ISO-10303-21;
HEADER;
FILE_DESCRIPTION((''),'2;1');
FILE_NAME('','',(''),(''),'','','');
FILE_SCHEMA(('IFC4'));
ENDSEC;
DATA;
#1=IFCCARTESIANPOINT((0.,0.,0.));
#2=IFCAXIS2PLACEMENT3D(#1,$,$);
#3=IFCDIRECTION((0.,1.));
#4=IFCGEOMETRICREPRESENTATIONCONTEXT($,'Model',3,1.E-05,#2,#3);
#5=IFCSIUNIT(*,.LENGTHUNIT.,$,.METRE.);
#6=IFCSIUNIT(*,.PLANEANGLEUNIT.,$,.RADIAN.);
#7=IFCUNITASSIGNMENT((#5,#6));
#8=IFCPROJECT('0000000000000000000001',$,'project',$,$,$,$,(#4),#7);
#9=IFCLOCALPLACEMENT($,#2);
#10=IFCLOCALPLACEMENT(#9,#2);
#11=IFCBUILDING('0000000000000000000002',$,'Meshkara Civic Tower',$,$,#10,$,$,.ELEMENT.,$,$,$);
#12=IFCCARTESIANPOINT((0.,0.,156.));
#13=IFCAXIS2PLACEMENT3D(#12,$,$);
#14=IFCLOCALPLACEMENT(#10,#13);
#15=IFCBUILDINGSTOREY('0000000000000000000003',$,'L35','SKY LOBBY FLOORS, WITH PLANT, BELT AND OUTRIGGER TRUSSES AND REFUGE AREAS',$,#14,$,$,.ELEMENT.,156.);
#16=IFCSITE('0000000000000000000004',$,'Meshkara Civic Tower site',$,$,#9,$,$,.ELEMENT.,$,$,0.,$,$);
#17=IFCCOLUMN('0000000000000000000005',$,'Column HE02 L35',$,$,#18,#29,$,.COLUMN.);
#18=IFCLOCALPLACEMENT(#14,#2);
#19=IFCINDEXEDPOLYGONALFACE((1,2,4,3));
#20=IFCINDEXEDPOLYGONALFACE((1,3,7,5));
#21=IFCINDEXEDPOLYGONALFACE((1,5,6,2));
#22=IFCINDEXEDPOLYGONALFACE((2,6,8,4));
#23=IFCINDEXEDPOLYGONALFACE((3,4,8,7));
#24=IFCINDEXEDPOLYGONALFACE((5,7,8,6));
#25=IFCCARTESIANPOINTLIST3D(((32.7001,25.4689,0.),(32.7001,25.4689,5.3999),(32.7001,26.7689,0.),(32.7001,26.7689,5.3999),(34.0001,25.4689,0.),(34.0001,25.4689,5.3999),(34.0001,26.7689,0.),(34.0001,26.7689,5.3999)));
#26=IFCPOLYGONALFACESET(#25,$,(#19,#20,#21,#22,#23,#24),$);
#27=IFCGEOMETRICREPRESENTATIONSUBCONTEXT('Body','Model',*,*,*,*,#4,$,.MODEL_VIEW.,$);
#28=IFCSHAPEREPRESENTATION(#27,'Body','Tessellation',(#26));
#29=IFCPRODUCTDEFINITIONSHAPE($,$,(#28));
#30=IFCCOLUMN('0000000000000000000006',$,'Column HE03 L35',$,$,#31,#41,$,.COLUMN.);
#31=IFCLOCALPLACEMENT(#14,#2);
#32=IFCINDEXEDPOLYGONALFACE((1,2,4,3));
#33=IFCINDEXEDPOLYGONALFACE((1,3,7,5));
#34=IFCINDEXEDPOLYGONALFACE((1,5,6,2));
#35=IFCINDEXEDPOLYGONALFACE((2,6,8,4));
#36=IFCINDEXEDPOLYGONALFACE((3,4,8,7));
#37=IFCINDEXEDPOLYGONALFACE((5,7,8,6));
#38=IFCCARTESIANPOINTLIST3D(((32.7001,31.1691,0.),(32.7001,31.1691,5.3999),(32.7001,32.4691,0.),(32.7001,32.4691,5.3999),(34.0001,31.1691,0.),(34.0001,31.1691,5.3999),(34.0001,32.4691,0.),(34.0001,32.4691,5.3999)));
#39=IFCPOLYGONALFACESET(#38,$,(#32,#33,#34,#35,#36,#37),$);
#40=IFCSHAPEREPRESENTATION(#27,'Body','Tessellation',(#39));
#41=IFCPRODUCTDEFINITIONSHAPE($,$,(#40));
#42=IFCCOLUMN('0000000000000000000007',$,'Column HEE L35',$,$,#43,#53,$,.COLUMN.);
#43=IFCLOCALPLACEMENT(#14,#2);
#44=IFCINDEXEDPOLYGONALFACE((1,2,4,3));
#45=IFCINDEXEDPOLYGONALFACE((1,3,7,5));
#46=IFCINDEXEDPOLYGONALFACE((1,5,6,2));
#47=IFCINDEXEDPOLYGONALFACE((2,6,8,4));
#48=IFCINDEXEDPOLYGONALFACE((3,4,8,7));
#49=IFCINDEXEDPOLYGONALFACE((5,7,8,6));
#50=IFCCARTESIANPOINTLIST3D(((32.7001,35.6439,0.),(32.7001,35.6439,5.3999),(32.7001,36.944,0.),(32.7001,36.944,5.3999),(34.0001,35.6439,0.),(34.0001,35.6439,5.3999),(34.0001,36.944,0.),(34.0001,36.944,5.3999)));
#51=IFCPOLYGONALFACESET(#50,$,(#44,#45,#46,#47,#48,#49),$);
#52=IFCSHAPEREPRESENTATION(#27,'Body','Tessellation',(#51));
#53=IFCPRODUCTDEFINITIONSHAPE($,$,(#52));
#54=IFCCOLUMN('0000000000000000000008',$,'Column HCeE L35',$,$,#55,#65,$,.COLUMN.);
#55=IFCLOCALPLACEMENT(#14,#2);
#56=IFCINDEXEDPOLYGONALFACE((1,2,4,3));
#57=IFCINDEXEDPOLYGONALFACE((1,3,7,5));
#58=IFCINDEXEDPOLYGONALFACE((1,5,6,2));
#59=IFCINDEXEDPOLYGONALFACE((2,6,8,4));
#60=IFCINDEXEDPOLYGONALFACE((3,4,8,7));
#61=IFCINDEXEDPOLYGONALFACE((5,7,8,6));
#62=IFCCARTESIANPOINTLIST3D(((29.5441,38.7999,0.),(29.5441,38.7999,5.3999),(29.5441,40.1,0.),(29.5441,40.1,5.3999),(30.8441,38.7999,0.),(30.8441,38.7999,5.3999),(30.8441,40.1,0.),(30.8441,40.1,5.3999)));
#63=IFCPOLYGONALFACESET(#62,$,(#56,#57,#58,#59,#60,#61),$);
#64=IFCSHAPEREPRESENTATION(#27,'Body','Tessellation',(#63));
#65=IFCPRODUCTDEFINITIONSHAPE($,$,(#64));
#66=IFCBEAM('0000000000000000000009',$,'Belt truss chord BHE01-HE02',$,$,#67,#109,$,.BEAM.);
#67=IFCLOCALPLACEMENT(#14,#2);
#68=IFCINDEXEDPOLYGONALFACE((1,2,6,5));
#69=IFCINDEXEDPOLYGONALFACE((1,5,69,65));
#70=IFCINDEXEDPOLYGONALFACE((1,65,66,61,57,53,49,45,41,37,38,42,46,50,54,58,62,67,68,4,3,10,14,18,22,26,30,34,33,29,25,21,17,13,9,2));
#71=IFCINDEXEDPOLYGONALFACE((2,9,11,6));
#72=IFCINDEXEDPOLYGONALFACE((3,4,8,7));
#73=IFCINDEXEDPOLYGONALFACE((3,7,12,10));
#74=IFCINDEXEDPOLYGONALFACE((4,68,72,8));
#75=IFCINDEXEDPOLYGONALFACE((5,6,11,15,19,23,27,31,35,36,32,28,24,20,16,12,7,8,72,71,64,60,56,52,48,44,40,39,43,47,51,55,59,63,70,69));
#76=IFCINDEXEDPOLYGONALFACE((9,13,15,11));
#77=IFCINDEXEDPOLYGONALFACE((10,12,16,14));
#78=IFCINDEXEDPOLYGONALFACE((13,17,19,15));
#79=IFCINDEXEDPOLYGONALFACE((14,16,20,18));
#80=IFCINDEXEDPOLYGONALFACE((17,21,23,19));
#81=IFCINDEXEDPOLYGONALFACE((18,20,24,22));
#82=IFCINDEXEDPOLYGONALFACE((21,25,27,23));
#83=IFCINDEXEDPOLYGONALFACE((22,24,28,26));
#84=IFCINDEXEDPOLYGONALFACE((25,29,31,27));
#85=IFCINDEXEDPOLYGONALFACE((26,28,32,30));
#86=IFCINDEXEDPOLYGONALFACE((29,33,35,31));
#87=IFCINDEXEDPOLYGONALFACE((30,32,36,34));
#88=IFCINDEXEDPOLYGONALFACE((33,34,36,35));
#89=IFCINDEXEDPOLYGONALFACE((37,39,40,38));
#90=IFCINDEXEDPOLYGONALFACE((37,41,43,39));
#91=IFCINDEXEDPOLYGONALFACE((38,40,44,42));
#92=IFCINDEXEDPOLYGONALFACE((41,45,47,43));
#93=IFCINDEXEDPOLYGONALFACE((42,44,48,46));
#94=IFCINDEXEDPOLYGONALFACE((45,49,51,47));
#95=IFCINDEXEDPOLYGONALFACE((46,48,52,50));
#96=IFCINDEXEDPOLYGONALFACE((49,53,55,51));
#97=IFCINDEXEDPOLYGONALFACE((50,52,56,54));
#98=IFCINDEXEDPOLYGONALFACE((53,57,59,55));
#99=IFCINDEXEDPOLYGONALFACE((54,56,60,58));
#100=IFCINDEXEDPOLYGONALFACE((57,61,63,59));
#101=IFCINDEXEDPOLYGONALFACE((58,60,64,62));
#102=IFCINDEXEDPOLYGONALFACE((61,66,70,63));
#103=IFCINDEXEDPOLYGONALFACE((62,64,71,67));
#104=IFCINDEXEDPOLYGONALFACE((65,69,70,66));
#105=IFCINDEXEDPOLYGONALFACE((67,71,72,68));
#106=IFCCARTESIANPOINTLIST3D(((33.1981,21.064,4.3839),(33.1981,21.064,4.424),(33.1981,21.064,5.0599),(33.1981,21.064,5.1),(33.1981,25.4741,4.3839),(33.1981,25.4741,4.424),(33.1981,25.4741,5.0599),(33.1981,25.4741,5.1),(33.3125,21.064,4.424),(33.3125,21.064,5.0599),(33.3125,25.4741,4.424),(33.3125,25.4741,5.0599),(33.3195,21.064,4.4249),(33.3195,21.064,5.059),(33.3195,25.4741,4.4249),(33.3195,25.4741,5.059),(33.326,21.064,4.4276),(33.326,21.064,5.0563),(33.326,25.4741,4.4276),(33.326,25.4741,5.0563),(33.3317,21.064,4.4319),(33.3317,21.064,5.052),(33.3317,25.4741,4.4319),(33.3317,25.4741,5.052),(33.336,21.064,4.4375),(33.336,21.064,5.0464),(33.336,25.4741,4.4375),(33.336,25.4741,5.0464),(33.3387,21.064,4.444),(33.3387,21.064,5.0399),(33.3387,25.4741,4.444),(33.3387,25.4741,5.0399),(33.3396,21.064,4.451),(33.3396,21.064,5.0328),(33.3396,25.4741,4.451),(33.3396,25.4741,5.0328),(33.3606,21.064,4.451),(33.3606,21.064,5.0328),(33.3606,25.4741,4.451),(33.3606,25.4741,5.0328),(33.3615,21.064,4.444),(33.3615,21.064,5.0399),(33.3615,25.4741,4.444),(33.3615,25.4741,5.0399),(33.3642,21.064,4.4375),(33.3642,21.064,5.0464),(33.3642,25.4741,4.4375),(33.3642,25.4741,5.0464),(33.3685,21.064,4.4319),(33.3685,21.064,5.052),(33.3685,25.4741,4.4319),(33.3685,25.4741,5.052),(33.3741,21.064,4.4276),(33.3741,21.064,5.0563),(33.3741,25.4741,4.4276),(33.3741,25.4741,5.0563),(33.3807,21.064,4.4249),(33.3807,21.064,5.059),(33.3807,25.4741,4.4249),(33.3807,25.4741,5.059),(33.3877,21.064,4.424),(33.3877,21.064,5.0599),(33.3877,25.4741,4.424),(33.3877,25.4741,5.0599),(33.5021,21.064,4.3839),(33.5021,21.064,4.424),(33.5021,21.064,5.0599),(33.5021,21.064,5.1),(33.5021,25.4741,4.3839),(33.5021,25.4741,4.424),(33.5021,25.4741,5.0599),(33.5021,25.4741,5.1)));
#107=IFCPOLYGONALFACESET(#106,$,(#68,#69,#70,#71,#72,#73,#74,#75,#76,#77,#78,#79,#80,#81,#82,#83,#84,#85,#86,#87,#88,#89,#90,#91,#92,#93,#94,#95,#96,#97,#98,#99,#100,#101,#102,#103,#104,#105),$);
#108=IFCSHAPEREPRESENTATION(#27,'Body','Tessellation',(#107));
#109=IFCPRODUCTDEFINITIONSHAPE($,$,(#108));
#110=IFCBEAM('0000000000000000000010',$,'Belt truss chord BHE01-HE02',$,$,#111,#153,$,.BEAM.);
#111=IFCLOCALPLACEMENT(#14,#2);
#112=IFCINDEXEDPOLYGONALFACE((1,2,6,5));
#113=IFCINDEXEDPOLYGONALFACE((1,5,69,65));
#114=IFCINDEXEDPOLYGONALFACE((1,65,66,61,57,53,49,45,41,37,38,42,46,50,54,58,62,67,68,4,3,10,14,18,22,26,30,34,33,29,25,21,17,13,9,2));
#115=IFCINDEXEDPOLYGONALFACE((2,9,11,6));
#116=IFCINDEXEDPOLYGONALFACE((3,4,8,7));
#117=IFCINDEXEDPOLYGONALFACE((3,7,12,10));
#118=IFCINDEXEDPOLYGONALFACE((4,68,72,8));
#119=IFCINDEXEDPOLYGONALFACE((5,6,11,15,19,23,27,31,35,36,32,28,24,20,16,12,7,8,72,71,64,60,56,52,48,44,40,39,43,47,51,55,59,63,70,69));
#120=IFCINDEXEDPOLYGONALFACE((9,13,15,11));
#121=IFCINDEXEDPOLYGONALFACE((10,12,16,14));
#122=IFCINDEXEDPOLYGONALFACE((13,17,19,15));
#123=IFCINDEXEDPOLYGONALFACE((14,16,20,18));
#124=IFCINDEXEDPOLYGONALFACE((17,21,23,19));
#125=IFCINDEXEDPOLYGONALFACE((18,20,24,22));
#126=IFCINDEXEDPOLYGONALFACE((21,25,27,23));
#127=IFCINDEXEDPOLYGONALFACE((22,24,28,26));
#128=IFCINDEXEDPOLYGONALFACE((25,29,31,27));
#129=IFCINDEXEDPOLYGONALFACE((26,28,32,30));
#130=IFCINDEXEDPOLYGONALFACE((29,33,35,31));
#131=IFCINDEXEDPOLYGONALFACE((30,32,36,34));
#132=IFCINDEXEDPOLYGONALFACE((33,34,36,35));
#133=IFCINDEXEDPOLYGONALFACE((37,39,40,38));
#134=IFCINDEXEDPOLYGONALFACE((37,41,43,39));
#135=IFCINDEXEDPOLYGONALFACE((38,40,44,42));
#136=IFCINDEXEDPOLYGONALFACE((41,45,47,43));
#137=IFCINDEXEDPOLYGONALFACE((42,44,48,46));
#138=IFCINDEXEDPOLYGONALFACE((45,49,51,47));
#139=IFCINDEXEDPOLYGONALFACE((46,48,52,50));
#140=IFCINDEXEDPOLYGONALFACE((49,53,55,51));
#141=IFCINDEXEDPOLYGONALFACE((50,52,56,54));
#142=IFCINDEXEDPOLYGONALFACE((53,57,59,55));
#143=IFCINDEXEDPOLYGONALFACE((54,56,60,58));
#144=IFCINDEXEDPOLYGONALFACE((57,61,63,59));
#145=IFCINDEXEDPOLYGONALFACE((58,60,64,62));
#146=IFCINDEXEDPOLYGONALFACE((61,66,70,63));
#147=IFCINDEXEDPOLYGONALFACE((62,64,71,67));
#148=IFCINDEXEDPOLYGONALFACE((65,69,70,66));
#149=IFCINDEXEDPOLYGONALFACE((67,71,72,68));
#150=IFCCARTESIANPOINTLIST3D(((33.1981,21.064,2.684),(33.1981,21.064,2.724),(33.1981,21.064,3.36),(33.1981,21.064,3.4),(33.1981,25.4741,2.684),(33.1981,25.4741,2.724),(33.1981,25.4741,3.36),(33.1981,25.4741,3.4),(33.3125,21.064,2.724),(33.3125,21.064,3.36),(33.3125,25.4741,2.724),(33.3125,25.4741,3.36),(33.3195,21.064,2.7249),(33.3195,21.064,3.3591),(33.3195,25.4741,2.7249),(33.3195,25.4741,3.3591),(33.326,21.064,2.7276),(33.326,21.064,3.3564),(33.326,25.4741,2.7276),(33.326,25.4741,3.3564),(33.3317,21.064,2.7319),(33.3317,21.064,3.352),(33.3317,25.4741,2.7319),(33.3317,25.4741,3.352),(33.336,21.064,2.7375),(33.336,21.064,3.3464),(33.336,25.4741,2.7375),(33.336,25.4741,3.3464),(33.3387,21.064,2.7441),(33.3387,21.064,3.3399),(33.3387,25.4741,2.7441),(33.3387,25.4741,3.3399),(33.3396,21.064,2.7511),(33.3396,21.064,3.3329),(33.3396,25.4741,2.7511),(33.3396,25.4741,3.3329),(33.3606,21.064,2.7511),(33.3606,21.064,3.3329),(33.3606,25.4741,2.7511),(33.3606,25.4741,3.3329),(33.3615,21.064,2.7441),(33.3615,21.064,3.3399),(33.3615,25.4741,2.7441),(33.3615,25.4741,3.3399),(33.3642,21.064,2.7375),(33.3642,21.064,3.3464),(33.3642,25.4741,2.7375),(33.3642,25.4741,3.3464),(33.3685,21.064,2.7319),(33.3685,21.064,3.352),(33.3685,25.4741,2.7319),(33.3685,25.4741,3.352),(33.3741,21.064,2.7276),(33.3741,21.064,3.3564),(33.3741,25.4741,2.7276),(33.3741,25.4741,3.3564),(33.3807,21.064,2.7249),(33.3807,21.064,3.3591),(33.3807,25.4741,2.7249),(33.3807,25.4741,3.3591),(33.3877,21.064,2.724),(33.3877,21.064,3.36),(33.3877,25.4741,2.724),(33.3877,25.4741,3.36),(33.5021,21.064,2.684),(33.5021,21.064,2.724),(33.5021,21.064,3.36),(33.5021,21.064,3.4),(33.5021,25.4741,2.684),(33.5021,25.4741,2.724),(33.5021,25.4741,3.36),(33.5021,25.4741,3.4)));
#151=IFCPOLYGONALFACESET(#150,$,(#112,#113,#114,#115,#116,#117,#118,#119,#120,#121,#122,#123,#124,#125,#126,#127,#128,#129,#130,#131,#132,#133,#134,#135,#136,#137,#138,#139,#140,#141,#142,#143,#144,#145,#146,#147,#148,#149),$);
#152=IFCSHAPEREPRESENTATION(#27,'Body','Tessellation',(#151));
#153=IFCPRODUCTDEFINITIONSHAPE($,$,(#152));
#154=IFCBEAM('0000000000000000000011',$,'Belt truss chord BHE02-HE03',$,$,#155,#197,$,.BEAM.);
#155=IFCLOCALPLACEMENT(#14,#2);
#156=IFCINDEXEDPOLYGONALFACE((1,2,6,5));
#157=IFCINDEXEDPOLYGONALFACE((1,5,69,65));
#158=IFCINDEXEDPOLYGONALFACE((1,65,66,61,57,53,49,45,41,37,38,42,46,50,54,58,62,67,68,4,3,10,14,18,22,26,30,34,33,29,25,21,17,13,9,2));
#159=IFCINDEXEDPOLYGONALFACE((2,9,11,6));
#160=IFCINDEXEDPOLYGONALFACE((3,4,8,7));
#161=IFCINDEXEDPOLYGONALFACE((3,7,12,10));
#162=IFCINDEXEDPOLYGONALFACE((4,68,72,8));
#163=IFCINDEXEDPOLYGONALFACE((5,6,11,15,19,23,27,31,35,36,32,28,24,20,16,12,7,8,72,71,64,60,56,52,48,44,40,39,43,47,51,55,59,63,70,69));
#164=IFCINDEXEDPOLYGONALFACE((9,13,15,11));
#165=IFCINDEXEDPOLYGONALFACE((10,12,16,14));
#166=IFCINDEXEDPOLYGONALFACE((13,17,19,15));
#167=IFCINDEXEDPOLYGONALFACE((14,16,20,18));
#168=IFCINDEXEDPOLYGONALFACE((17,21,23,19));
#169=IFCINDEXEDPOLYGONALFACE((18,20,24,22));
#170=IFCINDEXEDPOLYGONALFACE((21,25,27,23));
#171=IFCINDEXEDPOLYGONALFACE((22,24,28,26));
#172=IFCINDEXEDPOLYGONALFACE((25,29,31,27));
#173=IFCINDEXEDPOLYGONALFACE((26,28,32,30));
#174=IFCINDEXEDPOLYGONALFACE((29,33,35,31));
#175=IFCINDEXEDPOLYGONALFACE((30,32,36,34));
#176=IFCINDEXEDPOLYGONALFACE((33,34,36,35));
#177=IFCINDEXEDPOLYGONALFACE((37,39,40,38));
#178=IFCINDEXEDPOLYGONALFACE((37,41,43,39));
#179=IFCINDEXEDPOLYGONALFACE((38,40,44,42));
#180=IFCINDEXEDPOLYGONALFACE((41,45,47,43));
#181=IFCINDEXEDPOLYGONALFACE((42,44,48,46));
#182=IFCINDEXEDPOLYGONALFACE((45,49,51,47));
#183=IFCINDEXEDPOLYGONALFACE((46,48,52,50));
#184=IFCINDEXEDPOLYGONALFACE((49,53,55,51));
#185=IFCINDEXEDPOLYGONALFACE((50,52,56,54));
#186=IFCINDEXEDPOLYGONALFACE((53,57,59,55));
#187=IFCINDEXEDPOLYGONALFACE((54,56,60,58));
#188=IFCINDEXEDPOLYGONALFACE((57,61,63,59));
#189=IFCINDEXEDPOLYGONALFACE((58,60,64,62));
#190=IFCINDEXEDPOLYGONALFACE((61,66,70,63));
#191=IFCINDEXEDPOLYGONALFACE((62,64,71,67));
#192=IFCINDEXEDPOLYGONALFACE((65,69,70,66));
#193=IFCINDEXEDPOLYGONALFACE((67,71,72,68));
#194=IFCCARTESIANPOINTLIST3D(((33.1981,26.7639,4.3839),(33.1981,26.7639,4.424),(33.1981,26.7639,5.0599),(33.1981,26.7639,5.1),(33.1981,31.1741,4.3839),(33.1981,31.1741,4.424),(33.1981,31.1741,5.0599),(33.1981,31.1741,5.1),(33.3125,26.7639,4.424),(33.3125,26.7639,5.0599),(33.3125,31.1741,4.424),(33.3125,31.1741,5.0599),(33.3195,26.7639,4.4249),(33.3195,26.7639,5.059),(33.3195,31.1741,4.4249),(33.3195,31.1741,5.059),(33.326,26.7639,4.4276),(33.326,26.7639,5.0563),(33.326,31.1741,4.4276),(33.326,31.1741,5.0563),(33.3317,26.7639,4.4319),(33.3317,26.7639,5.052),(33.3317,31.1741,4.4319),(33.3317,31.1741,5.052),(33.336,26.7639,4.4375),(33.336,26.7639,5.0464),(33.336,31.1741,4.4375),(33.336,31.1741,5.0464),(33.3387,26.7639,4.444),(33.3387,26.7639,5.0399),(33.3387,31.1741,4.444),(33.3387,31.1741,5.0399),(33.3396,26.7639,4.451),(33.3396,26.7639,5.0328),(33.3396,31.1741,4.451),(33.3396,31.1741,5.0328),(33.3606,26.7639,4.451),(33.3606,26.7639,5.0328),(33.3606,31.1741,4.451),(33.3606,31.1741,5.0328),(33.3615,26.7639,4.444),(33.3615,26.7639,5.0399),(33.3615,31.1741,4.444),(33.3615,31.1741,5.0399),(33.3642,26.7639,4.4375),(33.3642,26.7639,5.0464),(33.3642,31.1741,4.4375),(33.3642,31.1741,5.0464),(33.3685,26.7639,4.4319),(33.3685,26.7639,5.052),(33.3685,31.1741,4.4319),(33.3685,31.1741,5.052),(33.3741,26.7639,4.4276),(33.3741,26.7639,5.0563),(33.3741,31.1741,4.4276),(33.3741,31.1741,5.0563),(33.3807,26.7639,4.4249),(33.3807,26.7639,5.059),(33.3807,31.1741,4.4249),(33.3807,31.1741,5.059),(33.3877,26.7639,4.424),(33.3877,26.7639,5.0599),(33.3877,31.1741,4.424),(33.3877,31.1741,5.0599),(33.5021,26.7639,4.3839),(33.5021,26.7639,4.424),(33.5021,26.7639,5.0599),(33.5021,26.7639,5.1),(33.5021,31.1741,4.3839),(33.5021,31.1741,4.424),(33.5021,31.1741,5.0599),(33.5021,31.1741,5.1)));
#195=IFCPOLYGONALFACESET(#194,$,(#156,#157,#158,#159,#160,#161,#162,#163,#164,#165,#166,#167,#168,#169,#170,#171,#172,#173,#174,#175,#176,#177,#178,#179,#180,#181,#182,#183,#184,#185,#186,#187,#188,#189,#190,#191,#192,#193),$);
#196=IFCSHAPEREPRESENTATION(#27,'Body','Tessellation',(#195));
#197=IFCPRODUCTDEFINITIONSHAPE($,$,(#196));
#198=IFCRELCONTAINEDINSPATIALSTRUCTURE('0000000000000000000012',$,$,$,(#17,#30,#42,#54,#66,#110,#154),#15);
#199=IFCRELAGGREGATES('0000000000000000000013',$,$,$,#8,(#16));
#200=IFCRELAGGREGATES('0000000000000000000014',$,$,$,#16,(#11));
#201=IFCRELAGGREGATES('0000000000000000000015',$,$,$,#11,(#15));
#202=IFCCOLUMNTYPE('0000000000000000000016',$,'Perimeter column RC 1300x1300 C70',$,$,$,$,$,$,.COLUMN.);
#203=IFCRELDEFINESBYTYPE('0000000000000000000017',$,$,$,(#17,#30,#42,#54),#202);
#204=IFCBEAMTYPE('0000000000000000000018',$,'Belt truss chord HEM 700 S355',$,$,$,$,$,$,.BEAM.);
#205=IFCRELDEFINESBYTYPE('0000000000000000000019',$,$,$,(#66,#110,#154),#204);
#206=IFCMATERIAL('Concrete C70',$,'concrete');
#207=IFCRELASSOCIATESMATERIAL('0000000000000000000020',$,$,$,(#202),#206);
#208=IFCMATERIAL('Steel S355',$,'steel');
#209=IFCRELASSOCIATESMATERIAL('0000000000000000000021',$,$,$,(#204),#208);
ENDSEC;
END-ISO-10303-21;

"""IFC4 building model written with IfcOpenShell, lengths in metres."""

from ifc_helpers import new_model, si_unit, direction, frame, origin, origin_2d, place, context, subcontext, project, spatial, rectangle, i_section, extrude, material, material_profile, profile_set, type_object, element, save


model = new_model("IFC4")

# Units and contexts
model_context = context("Model", 3, precision=1e-05, world=origin(), true_north=direction((0.0, 1.0)))
body_context = subcontext(model_context, "Body", "Model", "MODEL_VIEW")
ifc_project = project(units=[si_unit("LENGTHUNIT", "METRE"), si_unit("PLANEANGLEUNIT", "RADIAN")], contexts=[model_context])

# Site, building, storey
site_placement = place(None, origin())
site = spatial("IfcSite", under=ifc_project, at=site_placement, Name="Meshkara Civic Tower site", CompositionType="ELEMENT", RefElevation=0.0)
building_placement = place(site_placement, origin())
building = spatial("IfcBuilding", under=site, at=building_placement, Name="Meshkara Civic Tower", CompositionType="ELEMENT")
storey_placement = place(building_placement, frame((0.0, 0.0, 156.0)))
storey = spatial("IfcBuildingStorey", under=building, at=storey_placement, Name="L35", Description="SKY LOBBY FLOORS, WITH PLANT, BELT AND OUTRIGGER TRUSSES AND REFUGE AREAS", CompositionType="ELEMENT", Elevation=156.0)

# Columns
ifc_material_1 = material(Name="Concrete C70", Category="concrete")
ifc_material_profile_1 = material_profile(ifc_material_1, rectangle(XDim=1.3, YDim=1.3, at=origin_2d()))
ifc_profile_set_1 = profile_set([ifc_material_profile_1], Name="Concrete C70")
column_type = type_object("IfcColumnType", Name="Perimeter column RC 1300x1300 C70", PredefinedType="COLUMN", material=ifc_profile_set_1)
for number, where, z_axis, x_axis, name in (
    (1, (33.3501, 26.1189, 0.0), (0.0, 0.0, 1.0), (1.0, 0.0, 0.0), "Column HE02 L35"),
    (2, (33.3501, 31.8191, 0.0), (0.0, 0.0, 1.0), (1.0, 0.0, 0.0), "Column HE03 L35"),
    (3, (33.3501, 36.2939, 0.0), (0.0, 0.0, 1.0), (1.0, 0.0, 0.0), "Column HEE L35"),
    (4, (30.1941, 39.45, 0.0), (0.0, 0.0, 1.0), (1.0, 0.0, 0.0), "Column HCeE L35"),
):
    element("IfcColumn", number, at=place(storey_placement, frame(where, z_axis=z_axis, x_axis=x_axis)), inside=storey, type_object=column_type, Name=name, PredefinedType="COLUMN", context=body_context, shape_type="SweptSolid", body=[
        extrude(rectangle(XDim=1.3, YDim=1.3, at=origin_2d()), origin(), (0.0, 0.0, 1.0), 5.3999),
    ])

# Beams
ifc_material_2 = material(Name="Steel S355", Category="steel")
ifc_material_profile_2 = material_profile(ifc_material_2, i_section(OverallWidth=0.304, OverallDepth=0.7161, WebThickness=0.021, FlangeThickness=0.04, FilletRadius=0.0271, at=origin_2d()))
ifc_profile_set_2 = profile_set([ifc_material_profile_2], Name="Steel S355")
beam_type = type_object("IfcBeamType", Name="Belt truss chord HEM 700 S355", PredefinedType="BEAM", material=ifc_profile_set_2)
for number, where, z_axis, x_axis, name in (
    (5, (33.3501, 21.064, 4.7419), (0.0, 1.0, 0.0), (-1.0, 0.0, 0.0), "Belt truss chord BHE01-HE02"),
    (6, (33.3501, 21.064, 3.042), (0.0, 1.0, 0.0), (-1.0, 0.0, 0.0), "Belt truss chord BHE01-HE02"),
    (7, (33.3501, 26.7639, 4.7419), (0.0, 1.0, 0.0), (-1.0, 0.0, 0.0), "Belt truss chord BHE02-HE03"),
):
    element("IfcBeam", number, at=place(storey_placement, frame(where, z_axis=z_axis, x_axis=x_axis)), inside=storey, type_object=beam_type, Name=name, PredefinedType="BEAM", context=body_context, shape_type="SweptSolid", body=[
        extrude(i_section(OverallWidth=0.304, OverallDepth=0.7161, WebThickness=0.021, FlangeThickness=0.04, FilletRadius=0.0271, at=origin_2d()), origin(), (0.0, 0.0, 1.0), 4.4102),
    ])

save(model, "model.ifc")
